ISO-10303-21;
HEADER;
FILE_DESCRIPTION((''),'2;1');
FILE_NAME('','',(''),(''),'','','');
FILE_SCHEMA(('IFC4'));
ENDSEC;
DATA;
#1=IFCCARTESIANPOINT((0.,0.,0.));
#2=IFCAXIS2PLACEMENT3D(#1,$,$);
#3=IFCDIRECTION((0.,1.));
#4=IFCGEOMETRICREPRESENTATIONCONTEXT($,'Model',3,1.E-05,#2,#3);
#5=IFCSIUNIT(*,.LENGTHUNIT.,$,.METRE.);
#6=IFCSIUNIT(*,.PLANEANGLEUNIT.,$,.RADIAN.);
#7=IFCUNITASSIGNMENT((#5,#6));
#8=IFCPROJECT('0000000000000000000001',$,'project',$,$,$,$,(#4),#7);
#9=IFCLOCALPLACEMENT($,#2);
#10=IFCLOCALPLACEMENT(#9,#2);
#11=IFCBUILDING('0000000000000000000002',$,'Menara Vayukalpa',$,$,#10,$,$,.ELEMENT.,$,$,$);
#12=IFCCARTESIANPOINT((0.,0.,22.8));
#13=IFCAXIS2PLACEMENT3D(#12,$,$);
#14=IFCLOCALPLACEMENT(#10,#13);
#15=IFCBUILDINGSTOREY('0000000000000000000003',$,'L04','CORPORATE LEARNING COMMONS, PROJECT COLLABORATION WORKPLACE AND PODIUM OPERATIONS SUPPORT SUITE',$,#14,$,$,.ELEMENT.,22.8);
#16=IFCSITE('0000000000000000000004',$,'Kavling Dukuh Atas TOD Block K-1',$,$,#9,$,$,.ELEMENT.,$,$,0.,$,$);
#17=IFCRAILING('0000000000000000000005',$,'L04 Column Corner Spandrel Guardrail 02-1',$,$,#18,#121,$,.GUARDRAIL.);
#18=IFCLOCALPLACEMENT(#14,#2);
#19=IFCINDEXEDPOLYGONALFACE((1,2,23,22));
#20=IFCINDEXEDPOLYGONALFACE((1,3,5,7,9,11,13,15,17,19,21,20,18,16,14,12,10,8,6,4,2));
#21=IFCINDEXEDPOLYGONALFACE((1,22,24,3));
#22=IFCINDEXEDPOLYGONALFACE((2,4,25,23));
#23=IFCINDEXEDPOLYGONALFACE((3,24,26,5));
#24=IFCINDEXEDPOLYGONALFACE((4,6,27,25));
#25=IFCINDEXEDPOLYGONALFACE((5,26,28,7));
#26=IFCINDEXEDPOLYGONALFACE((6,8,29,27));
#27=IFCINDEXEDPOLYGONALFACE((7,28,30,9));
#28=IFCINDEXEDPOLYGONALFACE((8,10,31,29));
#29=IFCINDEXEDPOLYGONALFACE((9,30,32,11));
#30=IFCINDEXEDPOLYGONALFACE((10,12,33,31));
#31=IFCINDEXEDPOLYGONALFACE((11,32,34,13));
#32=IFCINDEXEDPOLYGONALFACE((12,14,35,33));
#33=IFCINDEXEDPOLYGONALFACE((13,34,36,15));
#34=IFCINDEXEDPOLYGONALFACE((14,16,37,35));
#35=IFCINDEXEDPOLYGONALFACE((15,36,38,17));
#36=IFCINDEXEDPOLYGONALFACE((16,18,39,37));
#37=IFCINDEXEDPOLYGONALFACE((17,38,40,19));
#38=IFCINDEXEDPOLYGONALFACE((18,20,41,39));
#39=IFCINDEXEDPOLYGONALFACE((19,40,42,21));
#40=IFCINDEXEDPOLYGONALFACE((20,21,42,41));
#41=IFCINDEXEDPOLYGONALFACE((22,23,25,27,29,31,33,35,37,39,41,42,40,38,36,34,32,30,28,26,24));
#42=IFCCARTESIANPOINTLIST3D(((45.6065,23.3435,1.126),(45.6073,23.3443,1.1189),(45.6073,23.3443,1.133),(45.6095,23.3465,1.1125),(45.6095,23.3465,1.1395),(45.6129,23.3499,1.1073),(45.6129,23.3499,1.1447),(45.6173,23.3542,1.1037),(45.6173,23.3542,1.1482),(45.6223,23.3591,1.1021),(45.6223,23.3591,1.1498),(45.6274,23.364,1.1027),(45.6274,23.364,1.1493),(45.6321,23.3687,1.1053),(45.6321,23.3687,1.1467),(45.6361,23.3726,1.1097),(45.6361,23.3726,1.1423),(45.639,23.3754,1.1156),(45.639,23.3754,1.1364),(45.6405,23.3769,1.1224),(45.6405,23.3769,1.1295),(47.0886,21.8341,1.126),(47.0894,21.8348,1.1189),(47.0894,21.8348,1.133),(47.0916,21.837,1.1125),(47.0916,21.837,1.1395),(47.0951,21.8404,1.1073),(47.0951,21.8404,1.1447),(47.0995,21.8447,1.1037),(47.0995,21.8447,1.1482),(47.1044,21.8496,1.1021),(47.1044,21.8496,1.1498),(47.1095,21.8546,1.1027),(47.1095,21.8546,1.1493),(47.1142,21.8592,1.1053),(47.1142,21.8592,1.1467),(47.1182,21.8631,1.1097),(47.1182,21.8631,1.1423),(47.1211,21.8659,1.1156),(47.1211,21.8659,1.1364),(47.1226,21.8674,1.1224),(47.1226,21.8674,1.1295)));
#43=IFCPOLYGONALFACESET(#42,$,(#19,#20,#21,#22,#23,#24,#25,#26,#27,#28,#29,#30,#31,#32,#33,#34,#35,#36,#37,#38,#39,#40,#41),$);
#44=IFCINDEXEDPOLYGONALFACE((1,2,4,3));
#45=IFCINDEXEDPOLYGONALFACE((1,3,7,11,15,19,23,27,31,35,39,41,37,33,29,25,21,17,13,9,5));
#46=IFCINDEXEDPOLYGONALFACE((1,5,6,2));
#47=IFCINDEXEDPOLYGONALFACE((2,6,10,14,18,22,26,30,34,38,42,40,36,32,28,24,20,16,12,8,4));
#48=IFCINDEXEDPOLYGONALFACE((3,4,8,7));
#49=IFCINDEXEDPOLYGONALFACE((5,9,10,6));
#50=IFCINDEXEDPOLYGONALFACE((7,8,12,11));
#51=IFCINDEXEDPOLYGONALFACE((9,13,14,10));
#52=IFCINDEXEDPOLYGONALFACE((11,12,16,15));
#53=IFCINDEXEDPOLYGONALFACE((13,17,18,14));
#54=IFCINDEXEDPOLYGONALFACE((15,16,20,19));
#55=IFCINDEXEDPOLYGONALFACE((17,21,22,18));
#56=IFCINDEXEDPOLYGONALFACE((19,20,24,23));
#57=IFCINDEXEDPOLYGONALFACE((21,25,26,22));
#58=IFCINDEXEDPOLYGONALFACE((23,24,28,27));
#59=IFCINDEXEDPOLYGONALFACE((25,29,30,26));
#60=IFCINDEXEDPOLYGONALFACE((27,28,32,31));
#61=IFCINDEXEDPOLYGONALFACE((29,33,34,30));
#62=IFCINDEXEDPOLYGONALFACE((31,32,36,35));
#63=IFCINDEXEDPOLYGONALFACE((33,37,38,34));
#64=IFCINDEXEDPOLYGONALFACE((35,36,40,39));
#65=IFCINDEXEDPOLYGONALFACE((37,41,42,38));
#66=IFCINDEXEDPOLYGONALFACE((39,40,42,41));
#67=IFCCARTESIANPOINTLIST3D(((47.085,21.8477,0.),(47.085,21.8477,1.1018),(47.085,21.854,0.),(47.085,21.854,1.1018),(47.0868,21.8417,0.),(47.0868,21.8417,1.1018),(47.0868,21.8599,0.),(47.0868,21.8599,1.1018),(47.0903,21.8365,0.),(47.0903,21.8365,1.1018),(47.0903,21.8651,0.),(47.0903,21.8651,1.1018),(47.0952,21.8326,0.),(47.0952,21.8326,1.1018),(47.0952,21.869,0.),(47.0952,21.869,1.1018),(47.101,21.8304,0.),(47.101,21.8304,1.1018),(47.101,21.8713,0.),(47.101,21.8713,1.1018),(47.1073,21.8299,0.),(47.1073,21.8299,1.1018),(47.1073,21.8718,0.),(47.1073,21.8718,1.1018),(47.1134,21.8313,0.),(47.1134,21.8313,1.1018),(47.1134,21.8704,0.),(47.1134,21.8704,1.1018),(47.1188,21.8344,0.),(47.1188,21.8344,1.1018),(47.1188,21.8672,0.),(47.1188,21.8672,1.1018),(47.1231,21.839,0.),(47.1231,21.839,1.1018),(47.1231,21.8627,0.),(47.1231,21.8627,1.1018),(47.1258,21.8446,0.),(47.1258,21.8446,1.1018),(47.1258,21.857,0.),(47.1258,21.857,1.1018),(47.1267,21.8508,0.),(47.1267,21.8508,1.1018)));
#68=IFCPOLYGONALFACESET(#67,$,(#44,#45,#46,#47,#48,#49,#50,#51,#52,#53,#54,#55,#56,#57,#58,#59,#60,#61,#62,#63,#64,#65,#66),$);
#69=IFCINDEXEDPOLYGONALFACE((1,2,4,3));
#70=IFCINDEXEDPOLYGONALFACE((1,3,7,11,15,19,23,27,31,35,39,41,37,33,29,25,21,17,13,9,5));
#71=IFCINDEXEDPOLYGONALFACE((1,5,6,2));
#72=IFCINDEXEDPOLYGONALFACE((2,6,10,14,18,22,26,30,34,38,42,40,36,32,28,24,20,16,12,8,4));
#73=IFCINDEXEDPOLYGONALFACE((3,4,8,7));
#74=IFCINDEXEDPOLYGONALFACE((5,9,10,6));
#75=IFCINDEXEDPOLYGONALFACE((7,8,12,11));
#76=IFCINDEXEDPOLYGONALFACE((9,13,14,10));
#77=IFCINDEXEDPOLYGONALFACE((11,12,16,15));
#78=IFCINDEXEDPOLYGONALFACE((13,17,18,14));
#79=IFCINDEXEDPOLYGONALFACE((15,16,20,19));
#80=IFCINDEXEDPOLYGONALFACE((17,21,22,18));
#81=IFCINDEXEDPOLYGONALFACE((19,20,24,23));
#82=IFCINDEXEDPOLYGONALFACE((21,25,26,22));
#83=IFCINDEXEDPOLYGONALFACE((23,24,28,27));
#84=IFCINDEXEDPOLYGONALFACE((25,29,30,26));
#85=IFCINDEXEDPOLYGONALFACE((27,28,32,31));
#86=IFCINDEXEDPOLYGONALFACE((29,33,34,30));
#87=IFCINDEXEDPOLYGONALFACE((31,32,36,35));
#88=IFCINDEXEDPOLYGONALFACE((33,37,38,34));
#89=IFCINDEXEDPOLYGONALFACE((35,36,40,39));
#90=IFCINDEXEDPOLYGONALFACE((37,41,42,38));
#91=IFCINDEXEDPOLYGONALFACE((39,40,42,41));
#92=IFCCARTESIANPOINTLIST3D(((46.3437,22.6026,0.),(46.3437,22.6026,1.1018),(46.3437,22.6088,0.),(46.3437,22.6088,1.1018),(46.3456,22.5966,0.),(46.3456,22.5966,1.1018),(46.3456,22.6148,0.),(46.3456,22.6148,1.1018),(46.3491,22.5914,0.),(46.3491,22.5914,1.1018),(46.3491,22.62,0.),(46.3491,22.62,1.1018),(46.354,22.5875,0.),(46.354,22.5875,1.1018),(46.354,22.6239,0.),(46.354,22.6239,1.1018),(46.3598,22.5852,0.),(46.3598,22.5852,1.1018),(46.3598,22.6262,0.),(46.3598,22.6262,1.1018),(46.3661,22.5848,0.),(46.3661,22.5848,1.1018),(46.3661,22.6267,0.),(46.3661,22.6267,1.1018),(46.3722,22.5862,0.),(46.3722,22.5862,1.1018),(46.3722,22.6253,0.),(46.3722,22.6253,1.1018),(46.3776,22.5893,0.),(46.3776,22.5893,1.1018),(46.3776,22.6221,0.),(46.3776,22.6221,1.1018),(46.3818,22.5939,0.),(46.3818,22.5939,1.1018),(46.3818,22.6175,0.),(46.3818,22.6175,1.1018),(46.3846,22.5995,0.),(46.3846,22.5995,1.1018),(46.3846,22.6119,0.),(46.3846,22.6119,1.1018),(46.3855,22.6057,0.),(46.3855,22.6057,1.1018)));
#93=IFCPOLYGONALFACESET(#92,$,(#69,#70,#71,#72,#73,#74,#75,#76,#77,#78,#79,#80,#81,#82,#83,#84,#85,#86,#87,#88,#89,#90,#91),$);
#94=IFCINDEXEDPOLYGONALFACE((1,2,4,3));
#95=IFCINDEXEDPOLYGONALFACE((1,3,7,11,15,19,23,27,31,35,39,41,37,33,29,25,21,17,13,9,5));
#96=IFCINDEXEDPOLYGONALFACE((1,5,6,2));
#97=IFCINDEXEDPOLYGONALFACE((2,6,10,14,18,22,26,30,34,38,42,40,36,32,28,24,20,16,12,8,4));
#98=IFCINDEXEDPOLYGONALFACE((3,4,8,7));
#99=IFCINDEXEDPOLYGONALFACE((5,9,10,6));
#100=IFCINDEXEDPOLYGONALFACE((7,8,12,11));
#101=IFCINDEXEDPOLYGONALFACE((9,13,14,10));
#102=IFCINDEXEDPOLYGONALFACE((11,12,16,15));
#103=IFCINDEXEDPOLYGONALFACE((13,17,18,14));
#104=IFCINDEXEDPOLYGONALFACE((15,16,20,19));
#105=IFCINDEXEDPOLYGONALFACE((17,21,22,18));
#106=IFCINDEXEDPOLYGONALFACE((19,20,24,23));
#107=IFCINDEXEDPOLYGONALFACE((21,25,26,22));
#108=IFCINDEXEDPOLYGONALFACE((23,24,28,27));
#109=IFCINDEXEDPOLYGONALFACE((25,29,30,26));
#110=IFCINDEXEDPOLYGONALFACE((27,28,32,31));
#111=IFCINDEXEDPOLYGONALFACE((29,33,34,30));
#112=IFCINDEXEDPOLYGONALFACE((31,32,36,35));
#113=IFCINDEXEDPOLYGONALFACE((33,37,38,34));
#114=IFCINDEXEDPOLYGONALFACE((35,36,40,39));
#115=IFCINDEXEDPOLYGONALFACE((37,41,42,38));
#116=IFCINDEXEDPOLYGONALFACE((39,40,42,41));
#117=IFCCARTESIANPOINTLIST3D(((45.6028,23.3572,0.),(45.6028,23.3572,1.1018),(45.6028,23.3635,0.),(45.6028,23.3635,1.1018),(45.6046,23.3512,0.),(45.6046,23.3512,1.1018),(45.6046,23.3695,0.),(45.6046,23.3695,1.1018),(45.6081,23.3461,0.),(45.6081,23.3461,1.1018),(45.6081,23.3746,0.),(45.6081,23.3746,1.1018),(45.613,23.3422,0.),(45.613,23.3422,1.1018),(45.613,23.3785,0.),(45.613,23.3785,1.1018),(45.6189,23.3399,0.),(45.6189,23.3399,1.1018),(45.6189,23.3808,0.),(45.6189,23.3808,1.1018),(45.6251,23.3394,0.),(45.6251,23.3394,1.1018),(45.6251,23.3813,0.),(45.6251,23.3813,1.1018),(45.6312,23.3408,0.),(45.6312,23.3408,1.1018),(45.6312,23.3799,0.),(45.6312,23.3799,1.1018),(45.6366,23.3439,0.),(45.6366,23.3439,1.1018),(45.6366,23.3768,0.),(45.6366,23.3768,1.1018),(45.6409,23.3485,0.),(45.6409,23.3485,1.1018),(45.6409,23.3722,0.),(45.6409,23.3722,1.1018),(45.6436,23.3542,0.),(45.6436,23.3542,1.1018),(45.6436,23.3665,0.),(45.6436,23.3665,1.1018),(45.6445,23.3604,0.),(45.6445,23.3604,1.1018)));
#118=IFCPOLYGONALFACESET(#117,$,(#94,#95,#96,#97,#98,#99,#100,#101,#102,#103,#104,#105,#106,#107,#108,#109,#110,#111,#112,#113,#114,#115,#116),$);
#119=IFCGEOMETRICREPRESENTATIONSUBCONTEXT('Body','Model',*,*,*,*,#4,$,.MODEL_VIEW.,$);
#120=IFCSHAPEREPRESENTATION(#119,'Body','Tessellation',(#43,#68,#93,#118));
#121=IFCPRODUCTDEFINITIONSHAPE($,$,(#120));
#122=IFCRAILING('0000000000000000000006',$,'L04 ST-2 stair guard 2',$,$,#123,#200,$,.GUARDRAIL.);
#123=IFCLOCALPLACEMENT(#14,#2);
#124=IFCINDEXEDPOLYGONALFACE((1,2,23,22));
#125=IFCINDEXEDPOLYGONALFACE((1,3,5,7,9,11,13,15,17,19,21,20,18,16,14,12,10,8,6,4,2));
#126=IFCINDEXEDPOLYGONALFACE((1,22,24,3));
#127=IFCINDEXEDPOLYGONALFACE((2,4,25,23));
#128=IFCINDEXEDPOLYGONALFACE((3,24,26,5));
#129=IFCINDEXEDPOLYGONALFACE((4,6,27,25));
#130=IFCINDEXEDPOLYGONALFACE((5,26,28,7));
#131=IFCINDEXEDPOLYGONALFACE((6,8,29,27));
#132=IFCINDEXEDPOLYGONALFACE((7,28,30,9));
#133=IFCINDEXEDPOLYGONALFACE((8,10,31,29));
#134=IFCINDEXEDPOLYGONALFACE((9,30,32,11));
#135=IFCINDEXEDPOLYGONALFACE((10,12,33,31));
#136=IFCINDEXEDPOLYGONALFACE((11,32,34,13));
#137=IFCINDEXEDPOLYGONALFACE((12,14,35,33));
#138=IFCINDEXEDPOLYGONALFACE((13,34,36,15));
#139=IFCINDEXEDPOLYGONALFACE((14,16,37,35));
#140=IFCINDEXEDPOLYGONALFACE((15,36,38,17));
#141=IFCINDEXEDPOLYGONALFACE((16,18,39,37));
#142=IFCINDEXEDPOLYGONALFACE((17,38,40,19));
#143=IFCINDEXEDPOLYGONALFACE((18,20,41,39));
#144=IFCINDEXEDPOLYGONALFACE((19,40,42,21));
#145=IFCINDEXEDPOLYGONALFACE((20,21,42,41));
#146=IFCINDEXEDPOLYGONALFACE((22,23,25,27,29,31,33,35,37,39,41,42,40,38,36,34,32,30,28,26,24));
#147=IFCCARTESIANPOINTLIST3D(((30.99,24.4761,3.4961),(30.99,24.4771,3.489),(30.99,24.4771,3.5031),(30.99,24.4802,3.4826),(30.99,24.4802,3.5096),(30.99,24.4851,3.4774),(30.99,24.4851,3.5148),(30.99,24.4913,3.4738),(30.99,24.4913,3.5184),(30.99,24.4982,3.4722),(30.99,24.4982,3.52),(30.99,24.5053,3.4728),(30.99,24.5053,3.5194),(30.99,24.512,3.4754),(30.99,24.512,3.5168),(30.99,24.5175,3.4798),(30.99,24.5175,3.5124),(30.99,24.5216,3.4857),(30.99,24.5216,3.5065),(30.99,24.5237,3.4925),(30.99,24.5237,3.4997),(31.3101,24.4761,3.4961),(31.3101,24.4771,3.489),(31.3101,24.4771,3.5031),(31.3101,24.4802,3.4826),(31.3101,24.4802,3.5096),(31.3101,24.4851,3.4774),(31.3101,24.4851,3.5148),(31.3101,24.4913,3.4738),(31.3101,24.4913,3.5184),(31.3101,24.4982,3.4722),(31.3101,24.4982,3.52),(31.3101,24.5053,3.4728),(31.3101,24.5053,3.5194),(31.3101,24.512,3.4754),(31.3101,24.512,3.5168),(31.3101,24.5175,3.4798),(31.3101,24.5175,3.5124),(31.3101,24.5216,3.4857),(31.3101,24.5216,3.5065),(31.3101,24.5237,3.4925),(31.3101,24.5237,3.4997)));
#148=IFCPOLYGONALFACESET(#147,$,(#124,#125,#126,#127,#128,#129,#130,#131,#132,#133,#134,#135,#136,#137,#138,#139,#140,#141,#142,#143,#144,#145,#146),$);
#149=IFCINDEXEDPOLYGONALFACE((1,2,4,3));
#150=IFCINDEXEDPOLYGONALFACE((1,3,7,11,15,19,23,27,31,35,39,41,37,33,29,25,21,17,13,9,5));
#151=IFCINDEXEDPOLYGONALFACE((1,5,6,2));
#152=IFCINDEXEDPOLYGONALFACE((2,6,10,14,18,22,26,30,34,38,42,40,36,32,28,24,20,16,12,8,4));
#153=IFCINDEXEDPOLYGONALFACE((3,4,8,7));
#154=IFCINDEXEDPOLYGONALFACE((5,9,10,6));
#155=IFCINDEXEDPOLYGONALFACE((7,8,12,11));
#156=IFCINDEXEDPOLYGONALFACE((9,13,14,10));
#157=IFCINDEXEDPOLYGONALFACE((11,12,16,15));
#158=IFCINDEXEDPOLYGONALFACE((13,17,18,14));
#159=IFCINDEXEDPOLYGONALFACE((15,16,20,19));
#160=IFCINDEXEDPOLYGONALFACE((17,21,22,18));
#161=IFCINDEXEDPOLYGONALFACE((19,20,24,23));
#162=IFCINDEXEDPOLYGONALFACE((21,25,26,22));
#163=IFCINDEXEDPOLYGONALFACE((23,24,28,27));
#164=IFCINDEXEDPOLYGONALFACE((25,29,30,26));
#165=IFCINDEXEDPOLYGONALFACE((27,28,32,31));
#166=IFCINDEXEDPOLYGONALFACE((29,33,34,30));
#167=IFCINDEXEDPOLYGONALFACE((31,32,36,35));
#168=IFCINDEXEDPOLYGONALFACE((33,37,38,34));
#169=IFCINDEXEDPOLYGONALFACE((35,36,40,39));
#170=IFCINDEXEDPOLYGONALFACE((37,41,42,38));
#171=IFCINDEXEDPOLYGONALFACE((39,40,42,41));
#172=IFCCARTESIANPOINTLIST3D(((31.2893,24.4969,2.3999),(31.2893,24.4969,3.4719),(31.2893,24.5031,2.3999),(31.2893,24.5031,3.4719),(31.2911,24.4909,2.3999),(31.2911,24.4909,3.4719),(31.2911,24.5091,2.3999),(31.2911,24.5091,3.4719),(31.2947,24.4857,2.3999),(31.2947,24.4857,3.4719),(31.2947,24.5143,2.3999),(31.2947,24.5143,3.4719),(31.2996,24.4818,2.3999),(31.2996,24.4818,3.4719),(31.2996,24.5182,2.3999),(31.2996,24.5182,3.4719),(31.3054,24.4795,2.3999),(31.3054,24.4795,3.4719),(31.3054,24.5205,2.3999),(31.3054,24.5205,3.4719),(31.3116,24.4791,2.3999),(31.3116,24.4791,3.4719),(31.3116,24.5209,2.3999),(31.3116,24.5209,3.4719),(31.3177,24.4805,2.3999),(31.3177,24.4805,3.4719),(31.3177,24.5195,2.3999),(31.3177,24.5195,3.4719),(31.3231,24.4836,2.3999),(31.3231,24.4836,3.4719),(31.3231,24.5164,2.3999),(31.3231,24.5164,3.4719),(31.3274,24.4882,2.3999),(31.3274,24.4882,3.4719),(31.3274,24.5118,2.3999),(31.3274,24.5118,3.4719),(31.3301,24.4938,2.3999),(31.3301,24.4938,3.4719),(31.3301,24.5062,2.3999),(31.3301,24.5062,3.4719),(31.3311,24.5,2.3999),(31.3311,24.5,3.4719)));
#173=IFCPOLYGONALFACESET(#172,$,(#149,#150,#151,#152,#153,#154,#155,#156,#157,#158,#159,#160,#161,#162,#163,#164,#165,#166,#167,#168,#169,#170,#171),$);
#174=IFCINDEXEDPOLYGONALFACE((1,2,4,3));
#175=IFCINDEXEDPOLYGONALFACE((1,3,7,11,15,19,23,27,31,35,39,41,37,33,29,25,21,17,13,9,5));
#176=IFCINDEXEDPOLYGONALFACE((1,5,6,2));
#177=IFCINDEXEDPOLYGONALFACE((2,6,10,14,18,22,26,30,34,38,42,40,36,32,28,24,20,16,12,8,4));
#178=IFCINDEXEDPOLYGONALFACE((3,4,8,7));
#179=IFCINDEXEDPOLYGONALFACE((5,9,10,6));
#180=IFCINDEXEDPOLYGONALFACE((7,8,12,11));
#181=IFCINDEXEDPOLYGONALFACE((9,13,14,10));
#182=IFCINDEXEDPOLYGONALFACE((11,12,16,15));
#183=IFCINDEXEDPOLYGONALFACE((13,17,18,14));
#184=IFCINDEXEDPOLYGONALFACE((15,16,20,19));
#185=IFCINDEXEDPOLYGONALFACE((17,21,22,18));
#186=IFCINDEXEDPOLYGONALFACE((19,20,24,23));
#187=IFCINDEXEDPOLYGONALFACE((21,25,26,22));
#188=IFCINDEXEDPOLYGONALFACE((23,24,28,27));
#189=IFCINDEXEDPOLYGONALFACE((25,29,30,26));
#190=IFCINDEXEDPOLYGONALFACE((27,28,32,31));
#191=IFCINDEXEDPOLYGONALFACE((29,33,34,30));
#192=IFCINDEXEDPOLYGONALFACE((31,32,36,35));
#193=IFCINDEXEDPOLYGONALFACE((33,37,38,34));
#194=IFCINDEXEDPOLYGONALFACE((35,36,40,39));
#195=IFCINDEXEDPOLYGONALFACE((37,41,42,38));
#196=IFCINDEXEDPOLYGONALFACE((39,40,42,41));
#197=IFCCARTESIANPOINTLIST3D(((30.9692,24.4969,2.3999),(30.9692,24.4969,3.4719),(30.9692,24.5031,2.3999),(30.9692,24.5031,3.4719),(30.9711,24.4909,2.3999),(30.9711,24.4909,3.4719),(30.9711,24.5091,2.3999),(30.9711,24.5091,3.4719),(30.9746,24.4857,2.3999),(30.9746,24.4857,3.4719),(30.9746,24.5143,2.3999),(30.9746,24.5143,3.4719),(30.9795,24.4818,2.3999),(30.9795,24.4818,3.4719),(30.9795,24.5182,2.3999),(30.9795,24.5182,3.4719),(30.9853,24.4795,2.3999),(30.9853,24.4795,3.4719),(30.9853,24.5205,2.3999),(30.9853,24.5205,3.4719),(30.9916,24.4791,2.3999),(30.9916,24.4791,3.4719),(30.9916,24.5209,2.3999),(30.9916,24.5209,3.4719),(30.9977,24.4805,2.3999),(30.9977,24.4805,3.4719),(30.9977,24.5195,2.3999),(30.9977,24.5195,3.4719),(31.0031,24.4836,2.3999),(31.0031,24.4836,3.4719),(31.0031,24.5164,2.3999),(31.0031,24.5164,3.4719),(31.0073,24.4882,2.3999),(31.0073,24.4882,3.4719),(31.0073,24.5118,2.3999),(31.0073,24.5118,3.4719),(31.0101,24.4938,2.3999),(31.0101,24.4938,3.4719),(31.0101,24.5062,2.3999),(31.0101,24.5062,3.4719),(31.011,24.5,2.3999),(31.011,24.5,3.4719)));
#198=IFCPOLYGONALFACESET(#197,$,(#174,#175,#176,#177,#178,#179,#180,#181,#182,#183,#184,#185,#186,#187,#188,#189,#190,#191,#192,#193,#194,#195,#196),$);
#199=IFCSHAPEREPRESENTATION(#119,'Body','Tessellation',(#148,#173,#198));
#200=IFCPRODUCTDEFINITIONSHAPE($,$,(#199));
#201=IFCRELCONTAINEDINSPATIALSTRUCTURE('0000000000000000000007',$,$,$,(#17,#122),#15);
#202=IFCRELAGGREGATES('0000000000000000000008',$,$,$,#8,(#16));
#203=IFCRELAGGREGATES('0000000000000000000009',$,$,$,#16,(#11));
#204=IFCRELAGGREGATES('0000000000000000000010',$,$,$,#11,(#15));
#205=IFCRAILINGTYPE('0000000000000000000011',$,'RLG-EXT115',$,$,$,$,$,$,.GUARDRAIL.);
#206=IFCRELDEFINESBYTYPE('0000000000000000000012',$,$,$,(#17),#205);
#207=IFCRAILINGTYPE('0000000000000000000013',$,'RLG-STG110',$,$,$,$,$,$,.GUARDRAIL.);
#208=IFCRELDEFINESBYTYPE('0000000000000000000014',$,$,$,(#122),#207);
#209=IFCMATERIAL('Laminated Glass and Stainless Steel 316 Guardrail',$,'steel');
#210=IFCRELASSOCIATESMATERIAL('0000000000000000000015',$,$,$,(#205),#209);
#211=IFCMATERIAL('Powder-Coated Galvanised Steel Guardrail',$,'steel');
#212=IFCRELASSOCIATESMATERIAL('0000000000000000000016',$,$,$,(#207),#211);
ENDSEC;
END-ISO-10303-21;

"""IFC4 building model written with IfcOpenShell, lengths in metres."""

from ifc_helpers import new_model, si_unit, direction, frame, origin, origin_2d, place, context, subcontext, project, spatial, circle, extrude, material, type_object, element, save


model = new_model("IFC4")

# Units and contexts
model_context = context("Model", 3, precision=1e-05, world=origin(), true_north=direction((0.0, 1.0)))
body_context = subcontext(model_context, "Body", "Model", "MODEL_VIEW")
ifc_project = project(units=[si_unit("LENGTHUNIT", "METRE"), si_unit("PLANEANGLEUNIT", "RADIAN")], contexts=[model_context])

# Site, building, storey
site_placement = place(None, origin())
site = spatial("IfcSite", under=ifc_project, at=site_placement, Name="Kavling Dukuh Atas TOD Block K-1", CompositionType="ELEMENT", RefElevation=0.0)
building_placement = place(site_placement, origin())
building = spatial("IfcBuilding", under=site, at=building_placement, Name="Menara Vayukalpa", CompositionType="ELEMENT")
storey_placement = place(building_placement, frame((0.0, 0.0, 22.8)))
storey = spatial("IfcBuildingStorey", under=building, at=storey_placement, Name="L04", Description="CORPORATE LEARNING COMMONS, PROJECT COLLABORATION WORKPLACE AND PODIUM OPERATIONS SUPPORT SUITE", CompositionType="ELEMENT", Elevation=22.8)

# Railings
ifc_material_1 = material(Name="Laminated Glass and Stainless Steel 316 Guardrail", Category="steel")
railing_type_1 = type_object("IfcRailingType", Name="RLG-EXT115", PredefinedType="GUARDRAIL", material=ifc_material_1)
railing_1_placement = place(storey_placement, frame((47.1057, 21.8508, 0.0)))
element("IfcRailing", 1, at=railing_1_placement, inside=storey, type_object=railing_type_1, Name="L04 Column Corner Spandrel Guardrail 02-1", PredefinedType="GUARDRAIL", context=body_context, shape_type="SweptSolid", body=[
    extrude(circle(Radius=0.0239, at=origin_2d()), frame((0.0, 0.0, 1.126), z_axis=(-0.700615, 0.71354, 0.0), x_axis=(-0.71354, -0.700615, 0.0)), (0.0, 0.0, 1.0), 2.1155),
    extrude(circle(Radius=0.021, at=origin_2d()), origin(), (0.0, 0.0, 1.0), 1.1018),
    extrude(circle(Radius=0.021, at=origin_2d()), frame((-0.7412, 0.7549, 0.0)), (0.0, 0.0, 1.0), 1.1018),
    extrude(circle(Radius=0.021, at=origin_2d()), frame((-1.4822, 1.5095, 0.0)), (0.0, 0.0, 1.0), 1.1018),
])
ifc_material_2 = material(Name="Powder-Coated Galvanised Steel Guardrail", Category="steel")
railing_type_2 = type_object("IfcRailingType", Name="RLG-STG110", PredefinedType="GUARDRAIL", material=ifc_material_2)
railing_2_placement = place(storey_placement, frame((31.3101, 24.5, 2.3999)))
element("IfcRailing", 2, at=railing_2_placement, inside=storey, type_object=railing_type_2, Name="L04 ST-2 stair guard 2", PredefinedType="GUARDRAIL", context=body_context, shape_type="SweptSolid", body=[
    extrude(circle(Radius=0.0239, at=origin_2d()), frame((0.0, 0.0, 1.0962), z_axis=(-1.0, 0.0, 0.0), x_axis=(0.0, -1.0, 0.0)), (0.0, 0.0, 1.0), 0.3201),
    extrude(circle(Radius=0.021, at=origin_2d()), origin(), (0.0, 0.0, 1.0), 1.072),
    extrude(circle(Radius=0.021, at=origin_2d()), frame((-0.3201, 0.0, 0.0)), (0.0, 0.0, 1.0), 1.072),
])

save(model, "model.ifc")
